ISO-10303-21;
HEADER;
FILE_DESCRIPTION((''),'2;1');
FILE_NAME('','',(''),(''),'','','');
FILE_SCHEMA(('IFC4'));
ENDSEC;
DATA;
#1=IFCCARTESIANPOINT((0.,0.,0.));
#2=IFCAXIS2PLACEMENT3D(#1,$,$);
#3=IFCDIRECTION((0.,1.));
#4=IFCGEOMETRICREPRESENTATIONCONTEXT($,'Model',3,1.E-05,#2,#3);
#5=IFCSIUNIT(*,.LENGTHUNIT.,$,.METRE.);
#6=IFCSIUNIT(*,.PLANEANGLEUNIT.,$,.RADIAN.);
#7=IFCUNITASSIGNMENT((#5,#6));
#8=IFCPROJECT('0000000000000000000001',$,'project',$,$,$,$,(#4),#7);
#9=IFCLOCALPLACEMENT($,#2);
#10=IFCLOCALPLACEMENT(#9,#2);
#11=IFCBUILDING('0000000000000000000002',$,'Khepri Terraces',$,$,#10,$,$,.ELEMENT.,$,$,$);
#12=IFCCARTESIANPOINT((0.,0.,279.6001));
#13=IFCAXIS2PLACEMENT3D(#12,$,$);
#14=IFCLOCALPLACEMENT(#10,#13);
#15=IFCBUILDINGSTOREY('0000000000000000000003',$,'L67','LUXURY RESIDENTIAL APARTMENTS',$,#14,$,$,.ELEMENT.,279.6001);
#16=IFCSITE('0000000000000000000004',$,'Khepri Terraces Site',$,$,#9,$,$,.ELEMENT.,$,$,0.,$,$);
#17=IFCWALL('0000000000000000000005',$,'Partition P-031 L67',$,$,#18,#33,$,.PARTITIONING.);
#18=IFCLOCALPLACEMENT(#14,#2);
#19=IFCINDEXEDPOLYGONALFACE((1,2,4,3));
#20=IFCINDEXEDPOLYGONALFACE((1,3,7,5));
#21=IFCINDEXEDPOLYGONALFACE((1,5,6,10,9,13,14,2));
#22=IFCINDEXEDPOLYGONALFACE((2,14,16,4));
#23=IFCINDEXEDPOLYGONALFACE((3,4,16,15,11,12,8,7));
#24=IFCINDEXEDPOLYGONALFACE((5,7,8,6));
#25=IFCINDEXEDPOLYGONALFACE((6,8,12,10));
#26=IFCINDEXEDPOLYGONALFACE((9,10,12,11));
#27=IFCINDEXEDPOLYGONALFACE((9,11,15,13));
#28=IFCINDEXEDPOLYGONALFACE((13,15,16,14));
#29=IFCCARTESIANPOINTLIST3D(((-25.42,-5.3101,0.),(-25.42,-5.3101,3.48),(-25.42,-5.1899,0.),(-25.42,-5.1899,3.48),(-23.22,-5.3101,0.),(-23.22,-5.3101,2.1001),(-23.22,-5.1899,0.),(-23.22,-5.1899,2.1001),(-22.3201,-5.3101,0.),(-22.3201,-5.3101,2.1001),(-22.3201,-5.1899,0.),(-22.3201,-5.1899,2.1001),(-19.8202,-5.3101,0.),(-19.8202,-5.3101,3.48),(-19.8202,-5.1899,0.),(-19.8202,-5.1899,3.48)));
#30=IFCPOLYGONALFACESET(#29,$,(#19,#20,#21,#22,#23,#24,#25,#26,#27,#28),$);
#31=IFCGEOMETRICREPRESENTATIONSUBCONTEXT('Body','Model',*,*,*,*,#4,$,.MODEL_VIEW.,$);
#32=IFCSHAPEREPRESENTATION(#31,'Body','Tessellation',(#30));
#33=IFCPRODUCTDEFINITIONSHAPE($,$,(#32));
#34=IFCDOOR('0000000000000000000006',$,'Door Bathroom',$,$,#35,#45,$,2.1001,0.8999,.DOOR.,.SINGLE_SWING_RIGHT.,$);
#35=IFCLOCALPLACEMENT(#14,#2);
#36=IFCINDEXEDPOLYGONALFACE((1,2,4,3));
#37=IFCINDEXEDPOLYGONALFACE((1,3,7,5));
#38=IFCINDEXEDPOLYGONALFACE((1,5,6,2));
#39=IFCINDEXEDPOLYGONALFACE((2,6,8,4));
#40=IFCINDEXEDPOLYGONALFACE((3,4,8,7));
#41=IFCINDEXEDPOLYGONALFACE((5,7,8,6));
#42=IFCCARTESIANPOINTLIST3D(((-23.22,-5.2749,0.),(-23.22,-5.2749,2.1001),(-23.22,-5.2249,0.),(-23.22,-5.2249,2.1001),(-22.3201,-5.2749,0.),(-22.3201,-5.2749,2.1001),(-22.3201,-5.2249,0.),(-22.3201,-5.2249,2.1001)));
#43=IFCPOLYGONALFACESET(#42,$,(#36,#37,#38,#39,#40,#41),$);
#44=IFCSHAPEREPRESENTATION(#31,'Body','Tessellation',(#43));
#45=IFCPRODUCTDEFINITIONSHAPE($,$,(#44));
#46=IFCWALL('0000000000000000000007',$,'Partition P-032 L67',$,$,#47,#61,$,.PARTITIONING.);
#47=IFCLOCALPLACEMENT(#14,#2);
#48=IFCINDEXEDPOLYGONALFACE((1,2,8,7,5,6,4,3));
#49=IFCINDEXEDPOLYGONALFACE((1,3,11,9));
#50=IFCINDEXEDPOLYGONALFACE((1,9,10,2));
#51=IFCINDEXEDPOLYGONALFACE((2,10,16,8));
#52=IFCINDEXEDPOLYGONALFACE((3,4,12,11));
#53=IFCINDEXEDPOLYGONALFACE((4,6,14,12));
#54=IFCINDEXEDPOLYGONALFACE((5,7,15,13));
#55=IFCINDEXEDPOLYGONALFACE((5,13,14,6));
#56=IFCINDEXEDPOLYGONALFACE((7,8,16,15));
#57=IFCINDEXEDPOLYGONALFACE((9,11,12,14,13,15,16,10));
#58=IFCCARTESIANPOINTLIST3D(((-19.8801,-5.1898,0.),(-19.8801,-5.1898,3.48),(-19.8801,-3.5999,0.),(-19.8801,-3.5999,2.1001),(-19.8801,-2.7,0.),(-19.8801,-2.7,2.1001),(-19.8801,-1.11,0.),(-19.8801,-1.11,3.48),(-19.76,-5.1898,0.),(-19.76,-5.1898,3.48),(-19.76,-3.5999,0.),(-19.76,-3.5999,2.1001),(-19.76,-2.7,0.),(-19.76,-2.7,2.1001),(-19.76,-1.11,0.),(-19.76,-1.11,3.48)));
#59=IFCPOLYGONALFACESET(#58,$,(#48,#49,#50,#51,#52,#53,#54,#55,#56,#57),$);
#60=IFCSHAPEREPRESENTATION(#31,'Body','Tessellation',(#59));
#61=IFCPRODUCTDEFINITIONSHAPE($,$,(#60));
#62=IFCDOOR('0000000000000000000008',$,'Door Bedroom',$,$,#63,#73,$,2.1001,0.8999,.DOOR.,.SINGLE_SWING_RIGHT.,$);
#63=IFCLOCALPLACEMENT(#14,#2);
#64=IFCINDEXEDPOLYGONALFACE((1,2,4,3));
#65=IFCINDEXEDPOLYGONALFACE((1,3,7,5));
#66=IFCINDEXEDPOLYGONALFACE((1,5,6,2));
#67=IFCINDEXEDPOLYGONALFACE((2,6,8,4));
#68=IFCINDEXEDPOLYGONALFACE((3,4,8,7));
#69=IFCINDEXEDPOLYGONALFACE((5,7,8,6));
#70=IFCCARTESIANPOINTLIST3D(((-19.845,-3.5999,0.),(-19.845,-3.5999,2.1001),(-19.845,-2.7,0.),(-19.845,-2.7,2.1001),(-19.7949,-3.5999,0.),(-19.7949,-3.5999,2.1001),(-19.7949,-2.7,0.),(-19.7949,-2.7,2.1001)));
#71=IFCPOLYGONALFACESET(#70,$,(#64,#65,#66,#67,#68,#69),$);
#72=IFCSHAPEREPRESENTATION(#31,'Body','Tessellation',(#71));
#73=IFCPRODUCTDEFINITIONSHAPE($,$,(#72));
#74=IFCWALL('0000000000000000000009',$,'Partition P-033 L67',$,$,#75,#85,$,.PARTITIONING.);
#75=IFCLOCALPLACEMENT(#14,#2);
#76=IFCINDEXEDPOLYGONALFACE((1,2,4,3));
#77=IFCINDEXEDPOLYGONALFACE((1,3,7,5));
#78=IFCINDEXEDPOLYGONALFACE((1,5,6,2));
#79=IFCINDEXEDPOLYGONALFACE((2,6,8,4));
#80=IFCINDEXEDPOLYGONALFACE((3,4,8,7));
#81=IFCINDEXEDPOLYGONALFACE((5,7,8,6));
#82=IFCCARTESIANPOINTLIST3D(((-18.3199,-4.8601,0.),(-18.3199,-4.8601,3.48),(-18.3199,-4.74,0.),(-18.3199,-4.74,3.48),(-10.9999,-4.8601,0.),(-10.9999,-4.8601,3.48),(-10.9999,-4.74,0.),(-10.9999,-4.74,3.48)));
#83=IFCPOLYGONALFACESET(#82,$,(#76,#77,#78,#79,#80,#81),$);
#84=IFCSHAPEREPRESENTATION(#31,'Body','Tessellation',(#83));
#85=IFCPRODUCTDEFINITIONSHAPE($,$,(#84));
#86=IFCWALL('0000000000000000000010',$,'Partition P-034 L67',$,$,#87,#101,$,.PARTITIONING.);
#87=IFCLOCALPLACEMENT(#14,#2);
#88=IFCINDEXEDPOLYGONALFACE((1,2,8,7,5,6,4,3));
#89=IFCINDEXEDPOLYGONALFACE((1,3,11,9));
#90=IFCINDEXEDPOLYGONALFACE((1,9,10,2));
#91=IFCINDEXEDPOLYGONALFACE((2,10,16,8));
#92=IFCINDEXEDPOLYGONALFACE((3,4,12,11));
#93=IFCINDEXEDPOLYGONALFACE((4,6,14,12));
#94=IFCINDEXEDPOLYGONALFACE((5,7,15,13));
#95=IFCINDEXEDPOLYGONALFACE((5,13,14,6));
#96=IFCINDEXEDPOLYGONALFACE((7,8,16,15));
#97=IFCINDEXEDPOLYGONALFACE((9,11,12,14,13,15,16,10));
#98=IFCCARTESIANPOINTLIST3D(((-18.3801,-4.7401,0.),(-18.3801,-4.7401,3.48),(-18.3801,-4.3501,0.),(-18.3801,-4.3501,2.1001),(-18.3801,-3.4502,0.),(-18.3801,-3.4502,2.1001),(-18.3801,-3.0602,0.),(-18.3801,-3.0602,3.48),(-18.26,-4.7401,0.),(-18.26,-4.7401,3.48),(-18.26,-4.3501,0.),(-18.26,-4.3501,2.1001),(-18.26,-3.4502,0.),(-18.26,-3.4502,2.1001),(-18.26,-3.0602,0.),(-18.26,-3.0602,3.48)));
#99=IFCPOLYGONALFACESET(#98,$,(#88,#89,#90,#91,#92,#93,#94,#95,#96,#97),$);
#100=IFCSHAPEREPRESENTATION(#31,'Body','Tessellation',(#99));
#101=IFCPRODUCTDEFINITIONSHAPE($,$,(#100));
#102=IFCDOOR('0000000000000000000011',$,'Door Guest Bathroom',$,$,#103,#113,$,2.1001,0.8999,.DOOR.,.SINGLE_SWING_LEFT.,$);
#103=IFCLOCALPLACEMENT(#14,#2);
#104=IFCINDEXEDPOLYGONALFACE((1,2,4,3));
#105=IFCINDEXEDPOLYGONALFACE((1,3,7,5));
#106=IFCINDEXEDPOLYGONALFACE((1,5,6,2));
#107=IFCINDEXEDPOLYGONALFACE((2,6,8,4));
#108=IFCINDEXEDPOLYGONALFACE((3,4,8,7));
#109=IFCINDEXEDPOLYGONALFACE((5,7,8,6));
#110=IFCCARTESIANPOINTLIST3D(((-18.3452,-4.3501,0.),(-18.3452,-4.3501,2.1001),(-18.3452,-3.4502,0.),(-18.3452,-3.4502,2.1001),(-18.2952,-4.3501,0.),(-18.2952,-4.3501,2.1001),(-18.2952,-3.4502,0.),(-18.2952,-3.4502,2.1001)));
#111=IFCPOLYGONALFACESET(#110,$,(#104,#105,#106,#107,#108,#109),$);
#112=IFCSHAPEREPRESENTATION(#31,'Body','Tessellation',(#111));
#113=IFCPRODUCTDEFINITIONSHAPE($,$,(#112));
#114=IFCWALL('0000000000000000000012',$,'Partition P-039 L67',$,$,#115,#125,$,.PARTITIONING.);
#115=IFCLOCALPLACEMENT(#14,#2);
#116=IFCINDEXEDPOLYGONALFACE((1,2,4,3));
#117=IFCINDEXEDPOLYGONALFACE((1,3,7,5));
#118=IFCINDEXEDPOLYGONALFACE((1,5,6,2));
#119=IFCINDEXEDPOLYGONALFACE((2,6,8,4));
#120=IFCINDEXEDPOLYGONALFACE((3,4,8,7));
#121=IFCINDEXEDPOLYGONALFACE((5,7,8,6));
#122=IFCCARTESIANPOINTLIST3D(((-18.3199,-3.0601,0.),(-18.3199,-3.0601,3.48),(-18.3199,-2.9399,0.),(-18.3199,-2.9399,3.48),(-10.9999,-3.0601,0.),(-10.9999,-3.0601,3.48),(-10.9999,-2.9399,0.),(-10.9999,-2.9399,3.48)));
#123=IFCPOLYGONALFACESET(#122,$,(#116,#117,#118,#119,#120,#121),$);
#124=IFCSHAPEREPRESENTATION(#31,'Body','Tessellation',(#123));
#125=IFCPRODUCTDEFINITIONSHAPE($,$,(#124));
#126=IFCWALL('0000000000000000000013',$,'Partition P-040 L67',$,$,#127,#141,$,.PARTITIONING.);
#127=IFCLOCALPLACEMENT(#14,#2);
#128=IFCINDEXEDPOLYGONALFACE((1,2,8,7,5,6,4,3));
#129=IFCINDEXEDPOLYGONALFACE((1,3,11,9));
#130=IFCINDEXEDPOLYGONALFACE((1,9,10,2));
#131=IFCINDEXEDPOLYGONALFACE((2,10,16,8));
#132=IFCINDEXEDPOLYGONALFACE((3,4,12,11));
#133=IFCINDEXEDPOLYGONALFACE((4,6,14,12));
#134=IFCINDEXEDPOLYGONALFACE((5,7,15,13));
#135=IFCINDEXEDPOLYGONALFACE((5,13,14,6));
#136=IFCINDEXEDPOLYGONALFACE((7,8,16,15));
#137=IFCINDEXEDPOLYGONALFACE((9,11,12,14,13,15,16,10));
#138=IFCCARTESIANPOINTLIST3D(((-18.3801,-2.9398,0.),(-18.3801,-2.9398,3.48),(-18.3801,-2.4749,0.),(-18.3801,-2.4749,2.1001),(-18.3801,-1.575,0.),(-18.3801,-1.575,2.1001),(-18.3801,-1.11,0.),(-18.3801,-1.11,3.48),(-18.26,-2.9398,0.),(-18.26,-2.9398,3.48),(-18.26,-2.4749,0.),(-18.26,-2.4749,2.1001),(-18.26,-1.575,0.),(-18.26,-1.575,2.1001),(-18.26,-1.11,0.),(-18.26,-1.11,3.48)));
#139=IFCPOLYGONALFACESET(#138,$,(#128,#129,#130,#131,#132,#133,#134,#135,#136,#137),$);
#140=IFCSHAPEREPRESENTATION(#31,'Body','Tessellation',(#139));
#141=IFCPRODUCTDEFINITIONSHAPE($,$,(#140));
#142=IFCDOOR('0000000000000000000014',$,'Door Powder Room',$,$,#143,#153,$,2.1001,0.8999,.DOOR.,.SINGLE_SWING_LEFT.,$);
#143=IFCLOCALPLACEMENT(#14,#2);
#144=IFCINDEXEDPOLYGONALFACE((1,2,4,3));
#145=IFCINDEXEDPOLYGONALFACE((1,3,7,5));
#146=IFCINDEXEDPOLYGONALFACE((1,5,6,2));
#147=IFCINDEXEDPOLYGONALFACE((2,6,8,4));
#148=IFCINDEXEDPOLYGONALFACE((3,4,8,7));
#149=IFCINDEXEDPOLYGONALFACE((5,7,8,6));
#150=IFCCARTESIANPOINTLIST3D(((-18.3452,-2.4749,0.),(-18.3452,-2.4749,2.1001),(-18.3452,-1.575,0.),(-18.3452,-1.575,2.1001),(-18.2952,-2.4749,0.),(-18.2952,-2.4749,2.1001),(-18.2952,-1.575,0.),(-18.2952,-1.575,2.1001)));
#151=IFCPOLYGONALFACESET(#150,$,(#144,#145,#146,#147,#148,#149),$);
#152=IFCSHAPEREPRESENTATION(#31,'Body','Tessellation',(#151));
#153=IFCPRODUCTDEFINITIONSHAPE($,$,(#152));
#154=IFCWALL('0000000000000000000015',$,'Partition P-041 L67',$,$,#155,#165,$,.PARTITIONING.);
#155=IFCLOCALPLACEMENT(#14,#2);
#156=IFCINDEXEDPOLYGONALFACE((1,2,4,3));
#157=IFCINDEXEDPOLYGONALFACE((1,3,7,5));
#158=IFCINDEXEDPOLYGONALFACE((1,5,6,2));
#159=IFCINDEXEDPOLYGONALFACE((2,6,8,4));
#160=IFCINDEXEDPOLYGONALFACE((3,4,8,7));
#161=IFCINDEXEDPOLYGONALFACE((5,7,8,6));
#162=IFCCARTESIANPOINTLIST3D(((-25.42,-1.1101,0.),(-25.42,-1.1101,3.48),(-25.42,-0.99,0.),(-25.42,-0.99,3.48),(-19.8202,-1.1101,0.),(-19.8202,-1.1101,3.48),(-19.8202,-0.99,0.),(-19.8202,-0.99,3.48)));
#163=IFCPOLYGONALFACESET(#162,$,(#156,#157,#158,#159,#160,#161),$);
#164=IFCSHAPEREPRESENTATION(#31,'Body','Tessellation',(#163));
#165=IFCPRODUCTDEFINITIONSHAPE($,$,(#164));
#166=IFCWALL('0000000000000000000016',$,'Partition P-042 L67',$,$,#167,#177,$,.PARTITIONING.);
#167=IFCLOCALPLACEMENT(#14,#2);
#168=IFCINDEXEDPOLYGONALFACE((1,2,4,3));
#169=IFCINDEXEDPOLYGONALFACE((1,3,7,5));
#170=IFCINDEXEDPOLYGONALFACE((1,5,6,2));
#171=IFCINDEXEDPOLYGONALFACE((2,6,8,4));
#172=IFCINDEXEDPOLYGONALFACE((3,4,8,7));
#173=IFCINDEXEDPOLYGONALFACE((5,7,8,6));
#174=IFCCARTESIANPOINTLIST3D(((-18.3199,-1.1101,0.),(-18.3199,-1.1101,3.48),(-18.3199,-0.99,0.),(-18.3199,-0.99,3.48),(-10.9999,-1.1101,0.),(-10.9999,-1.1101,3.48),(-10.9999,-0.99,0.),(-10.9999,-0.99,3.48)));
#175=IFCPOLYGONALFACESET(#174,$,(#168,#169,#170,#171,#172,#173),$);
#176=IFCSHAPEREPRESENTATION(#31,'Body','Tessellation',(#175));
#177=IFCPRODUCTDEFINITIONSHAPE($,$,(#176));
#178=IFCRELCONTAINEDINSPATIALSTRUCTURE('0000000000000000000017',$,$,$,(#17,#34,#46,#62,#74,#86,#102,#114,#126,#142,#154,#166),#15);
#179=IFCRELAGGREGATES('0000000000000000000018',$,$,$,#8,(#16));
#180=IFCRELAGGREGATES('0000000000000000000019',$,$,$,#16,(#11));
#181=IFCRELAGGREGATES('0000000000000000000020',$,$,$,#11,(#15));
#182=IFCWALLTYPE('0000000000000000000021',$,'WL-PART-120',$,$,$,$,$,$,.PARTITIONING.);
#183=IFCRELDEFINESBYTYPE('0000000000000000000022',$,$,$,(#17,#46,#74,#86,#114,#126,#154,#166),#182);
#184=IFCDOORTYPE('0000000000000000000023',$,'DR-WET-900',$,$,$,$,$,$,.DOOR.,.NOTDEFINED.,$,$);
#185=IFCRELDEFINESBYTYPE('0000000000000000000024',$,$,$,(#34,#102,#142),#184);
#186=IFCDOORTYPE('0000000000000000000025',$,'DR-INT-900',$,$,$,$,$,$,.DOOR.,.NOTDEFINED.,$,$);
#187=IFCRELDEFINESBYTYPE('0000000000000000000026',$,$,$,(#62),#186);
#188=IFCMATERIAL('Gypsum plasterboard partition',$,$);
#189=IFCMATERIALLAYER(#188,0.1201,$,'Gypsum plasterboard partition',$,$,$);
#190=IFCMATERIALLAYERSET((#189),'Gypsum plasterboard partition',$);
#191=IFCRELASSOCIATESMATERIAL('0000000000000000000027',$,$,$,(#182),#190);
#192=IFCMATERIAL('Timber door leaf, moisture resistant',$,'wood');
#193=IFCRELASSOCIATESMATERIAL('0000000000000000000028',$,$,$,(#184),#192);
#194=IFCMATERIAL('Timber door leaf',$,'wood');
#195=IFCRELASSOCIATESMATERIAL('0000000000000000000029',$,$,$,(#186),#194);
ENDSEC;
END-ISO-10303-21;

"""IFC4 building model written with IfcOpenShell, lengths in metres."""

from ifc_helpers import new_model, si_unit, direction, frame, frame_2d, origin, place, context, subcontext, project, spatial, rectangle, extrude, material, layer, layer_set, type_object, element, fill, save


model = new_model("IFC4")

# Units and contexts
model_context = context("Model", 3, precision=1e-05, world=origin(), true_north=direction((0.0, 1.0)))
body_context = subcontext(model_context, "Body", "Model", "MODEL_VIEW")
ifc_project = project(units=[si_unit("LENGTHUNIT", "METRE"), si_unit("PLANEANGLEUNIT", "RADIAN")], contexts=[model_context])

# Site, building, storey
site_placement = place(None, origin())
site = spatial("IfcSite", under=ifc_project, at=site_placement, Name="Khepri Terraces Site", CompositionType="ELEMENT", RefElevation=0.0)
building_placement = place(site_placement, origin())
building = spatial("IfcBuilding", under=site, at=building_placement, Name="Khepri Terraces", CompositionType="ELEMENT")
storey_placement = place(building_placement, frame((0.0, 0.0, 279.6001)))
storey = spatial("IfcBuildingStorey", under=building, at=storey_placement, Name="L67", Description="LUXURY RESIDENTIAL APARTMENTS", CompositionType="ELEMENT", Elevation=279.6001)

# Shared definitions
ifc_material_1 = material(Name="Gypsum plasterboard partition")
ifc_layer_1 = layer(ifc_material_1, 0.1201, Name="Gypsum plasterboard partition")
ifc_layer_set_1 = layer_set([ifc_layer_1], Name="Gypsum plasterboard partition")
wall_type_1 = type_object("IfcWallType", Name="WL-PART-120", PredefinedType="PARTITIONING", material=ifc_layer_set_1)

# Walls, openings, doors
wall_1_placement = place(storey_placement, frame((-25.4199, -5.25, 0.0), z_axis=(0.0, 0.0, 1.0), x_axis=(1.0, 0.0, 0.0)))
wall_1 = element("IfcWall", 1, at=wall_1_placement, inside=storey, type_object=wall_type_1, Name="Partition P-031 L67", PredefinedType="PARTITIONING", context=body_context, shape_type="SweptSolid", body=[
    extrude(rectangle(XDim=5.5999, YDim=0.1201, at=frame_2d((2.7998, 0.0))), origin(), (0.0, 0.0, 1.0), 3.48),
])
opening_1_placement = place(wall_1_placement, frame((2.2, 0.0, 0.0)))
opening_1 = element("IfcOpeningElement", 2, at=opening_1_placement, cuts=wall_1, PredefinedType="OPENING", context=body_context, shape_type="SweptSolid", body=[
    extrude(rectangle(XDim=0.8999, YDim=2.1001, at=frame_2d((0.45, 1.05))), frame((0.0, 0.0701, 0.0), z_axis=(0.0, -1.0, 0.0), x_axis=(1.0, 0.0, 0.0)), (0.0, 0.0, 1.0), 0.1401),
])
ifc_material_2 = material(Name="Timber door leaf, moisture resistant", Category="wood")
door_type_1 = type_object("IfcDoorType", Name="DR-WET-900", OperationType="NOTDEFINED", PredefinedType="DOOR", material=ifc_material_2)
door_1_placement = place(opening_1_placement, frame((0.8999, 0.0, 0.0), z_axis=(0.0, 0.0, 1.0), x_axis=(-1.0, 0.0, 0.0)))
door_1 = element("IfcDoor", 3, at=door_1_placement, inside=storey, type_object=door_type_1, Name="Door Bathroom", OperationType="SINGLE_SWING_RIGHT", OverallHeight=2.1001, OverallWidth=0.8999, PredefinedType="DOOR", context=body_context, shape_type="SweptSolid", body=[
    extrude(rectangle(XDim=0.8999, YDim=2.1001, at=frame_2d((0.45, 1.05))), frame((0.0, 0.0249, 0.0), z_axis=(0.0, -1.0, 0.0), x_axis=(1.0, 0.0, 0.0)), (0.0, 0.0, 1.0), 0.05),
])
fill(opening_1, door_1)
wall_2_placement = place(storey_placement, frame((-19.8201, -5.1899, 0.0), z_axis=(0.0, 0.0, 1.0), x_axis=(0.0, 1.0, 0.0)))
wall_2 = element("IfcWall", 4, at=wall_2_placement, inside=storey, type_object=wall_type_1, Name="Partition P-032 L67", PredefinedType="PARTITIONING", context=body_context, shape_type="SweptSolid", body=[
    extrude(rectangle(XDim=4.0798, YDim=0.1201, at=frame_2d((2.04, 0.0))), origin(), (0.0, 0.0, 1.0), 3.48),
])
opening_2_placement = place(wall_2_placement, frame((1.5901, 0.0, 0.0)))
opening_2 = element("IfcOpeningElement", 5, at=opening_2_placement, cuts=wall_2, PredefinedType="OPENING", context=body_context, shape_type="SweptSolid", body=[
    extrude(rectangle(XDim=0.8999, YDim=2.1001, at=frame_2d((0.45, 1.05))), frame((0.0, 0.0701, 0.0), z_axis=(0.0, -1.0, 0.0), x_axis=(1.0, 0.0, 0.0)), (0.0, 0.0, 1.0), 0.1401),
])
ifc_material_3 = material(Name="Timber door leaf", Category="wood")
door_type_2 = type_object("IfcDoorType", Name="DR-INT-900", OperationType="NOTDEFINED", PredefinedType="DOOR", material=ifc_material_3)
door_2_placement = place(opening_2_placement, origin())
door_2 = element("IfcDoor", 6, at=door_2_placement, inside=storey, type_object=door_type_2, Name="Door Bedroom", OperationType="SINGLE_SWING_RIGHT", OverallHeight=2.1001, OverallWidth=0.8999, PredefinedType="DOOR", context=body_context, shape_type="SweptSolid", body=[
    extrude(rectangle(XDim=0.8999, YDim=2.1001, at=frame_2d((0.45, 1.05))), frame((0.0, 0.0249, 0.0), z_axis=(0.0, -1.0, 0.0), x_axis=(1.0, 0.0, 0.0)), (0.0, 0.0, 1.0), 0.05),
])
fill(opening_2, door_2)

# Wall
wall_3_placement = place(storey_placement, frame((-18.3201, -4.8, 0.0), z_axis=(0.0, 0.0, 1.0), x_axis=(1.0, 0.0, 0.0)))
element("IfcWall", 7, at=wall_3_placement, inside=storey, type_object=wall_type_1, Name="Partition P-033 L67", PredefinedType="PARTITIONING", context=body_context, shape_type="SweptSolid", body=[
    extrude(rectangle(XDim=7.3201, YDim=0.1201, at=frame_2d((3.6602, 0.0))), origin(), (0.0, 0.0, 1.0), 3.48),
])

# Wall, opening, door
wall_4_placement = place(storey_placement, frame((-18.3201, -4.74, 0.0), z_axis=(0.0, 0.0, 1.0), x_axis=(0.0, 1.0, 0.0)))
wall_4 = element("IfcWall", 8, at=wall_4_placement, inside=storey, type_object=wall_type_1, Name="Partition P-034 L67", PredefinedType="PARTITIONING", context=body_context, shape_type="SweptSolid", body=[
    extrude(rectangle(XDim=1.6799, YDim=0.1201, at=frame_2d((0.8398, 0.0))), origin(), (0.0, 0.0, 1.0), 3.48),
])
opening_3_placement = place(wall_4_placement, frame((0.3899, 0.0, 0.0)))
opening_3 = element("IfcOpeningElement", 9, at=opening_3_placement, cuts=wall_4, PredefinedType="OPENING", context=body_context, shape_type="SweptSolid", body=[
    extrude(rectangle(XDim=0.8999, YDim=2.1001, at=frame_2d((0.45, 1.05))), frame((0.0, 0.0701, 0.0), z_axis=(0.0, -1.0, 0.0), x_axis=(1.0, 0.0, 0.0)), (0.0, 0.0, 1.0), 0.1401),
])
door_3_placement = place(opening_3_placement, frame((0.8999, 0.0, 0.0), z_axis=(0.0, 0.0, 1.0), x_axis=(-1.0, 0.0, 0.0)))
door_3 = element("IfcDoor", 10, at=door_3_placement, inside=storey, type_object=door_type_1, Name="Door Guest Bathroom", OperationType="SINGLE_SWING_LEFT", OverallHeight=2.1001, OverallWidth=0.8999, PredefinedType="DOOR", context=body_context, shape_type="SweptSolid", body=[
    extrude(rectangle(XDim=0.8999, YDim=2.1001, at=frame_2d((0.45, 1.05))), frame((0.0, 0.0249, 0.0), z_axis=(0.0, -1.0, 0.0), x_axis=(1.0, 0.0, 0.0)), (0.0, 0.0, 1.0), 0.05),
])
fill(opening_3, door_3)

# Wall
wall_5_placement = place(storey_placement, frame((-18.3201, -3.0, 0.0), z_axis=(0.0, 0.0, 1.0), x_axis=(1.0, 0.0, 0.0)))
element("IfcWall", 11, at=wall_5_placement, inside=storey, type_object=wall_type_1, Name="Partition P-039 L67", PredefinedType="PARTITIONING", context=body_context, shape_type="SweptSolid", body=[
    extrude(rectangle(XDim=7.3201, YDim=0.1201, at=frame_2d((3.6602, 0.0))), origin(), (0.0, 0.0, 1.0), 3.48),
])

# Wall, opening, door
wall_6_placement = place(storey_placement, frame((-18.3201, -2.9399, 0.0), z_axis=(0.0, 0.0, 1.0), x_axis=(0.0, 1.0, 0.0)))
wall_6 = element("IfcWall", 12, at=wall_6_placement, inside=storey, type_object=wall_type_1, Name="Partition P-040 L67", PredefinedType="PARTITIONING", context=body_context, shape_type="SweptSolid", body=[
    extrude(rectangle(XDim=1.8298, YDim=0.1201, at=frame_2d((0.915, 0.0))), origin(), (0.0, 0.0, 1.0), 3.48),
])
opening_4_placement = place(wall_6_placement, frame((0.4651, 0.0, 0.0)))
opening_4 = element("IfcOpeningElement", 13, at=opening_4_placement, cuts=wall_6, PredefinedType="OPENING", context=body_context, shape_type="SweptSolid", body=[
    extrude(rectangle(XDim=0.8999, YDim=2.1001, at=frame_2d((0.45, 1.05))), frame((0.0, 0.0701, 0.0), z_axis=(0.0, -1.0, 0.0), x_axis=(1.0, 0.0, 0.0)), (0.0, 0.0, 1.0), 0.1401),
])
door_4_placement = place(opening_4_placement, frame((0.8999, 0.0, 0.0), z_axis=(0.0, 0.0, 1.0), x_axis=(-1.0, 0.0, 0.0)))
door_4 = element("IfcDoor", 14, at=door_4_placement, inside=storey, type_object=door_type_1, Name="Door Powder Room", OperationType="SINGLE_SWING_LEFT", OverallHeight=2.1001, OverallWidth=0.8999, PredefinedType="DOOR", context=body_context, shape_type="SweptSolid", body=[
    extrude(rectangle(XDim=0.8999, YDim=2.1001, at=frame_2d((0.45, 1.05))), frame((0.0, 0.0249, 0.0), z_axis=(0.0, -1.0, 0.0), x_axis=(1.0, 0.0, 0.0)), (0.0, 0.0, 1.0), 0.05),
])
fill(opening_4, door_4)

# Walls
wall_7_placement = place(storey_placement, frame((-25.4199, -1.05, 0.0), z_axis=(0.0, 0.0, 1.0), x_axis=(1.0, 0.0, 0.0)))
element("IfcWall", 15, at=wall_7_placement, inside=storey, type_object=wall_type_1, Name="Partition P-041 L67", PredefinedType="PARTITIONING", context=body_context, shape_type="SweptSolid", body=[
    extrude(rectangle(XDim=5.5999, YDim=0.1201, at=frame_2d((2.7998, 0.0))), origin(), (0.0, 0.0, 1.0), 3.48),
])
wall_8_placement = place(storey_placement, frame((-18.3201, -1.05, 0.0), z_axis=(0.0, 0.0, 1.0), x_axis=(1.0, 0.0, 0.0)))
element("IfcWall", 16, at=wall_8_placement, inside=storey, type_object=wall_type_1, Name="Partition P-042 L67", PredefinedType="PARTITIONING", context=body_context, shape_type="SweptSolid", body=[
    extrude(rectangle(XDim=7.3201, YDim=0.1201, at=frame_2d((3.6602, 0.0))), origin(), (0.0, 0.0, 1.0), 3.48),
])

save(model, "model.ifc")
